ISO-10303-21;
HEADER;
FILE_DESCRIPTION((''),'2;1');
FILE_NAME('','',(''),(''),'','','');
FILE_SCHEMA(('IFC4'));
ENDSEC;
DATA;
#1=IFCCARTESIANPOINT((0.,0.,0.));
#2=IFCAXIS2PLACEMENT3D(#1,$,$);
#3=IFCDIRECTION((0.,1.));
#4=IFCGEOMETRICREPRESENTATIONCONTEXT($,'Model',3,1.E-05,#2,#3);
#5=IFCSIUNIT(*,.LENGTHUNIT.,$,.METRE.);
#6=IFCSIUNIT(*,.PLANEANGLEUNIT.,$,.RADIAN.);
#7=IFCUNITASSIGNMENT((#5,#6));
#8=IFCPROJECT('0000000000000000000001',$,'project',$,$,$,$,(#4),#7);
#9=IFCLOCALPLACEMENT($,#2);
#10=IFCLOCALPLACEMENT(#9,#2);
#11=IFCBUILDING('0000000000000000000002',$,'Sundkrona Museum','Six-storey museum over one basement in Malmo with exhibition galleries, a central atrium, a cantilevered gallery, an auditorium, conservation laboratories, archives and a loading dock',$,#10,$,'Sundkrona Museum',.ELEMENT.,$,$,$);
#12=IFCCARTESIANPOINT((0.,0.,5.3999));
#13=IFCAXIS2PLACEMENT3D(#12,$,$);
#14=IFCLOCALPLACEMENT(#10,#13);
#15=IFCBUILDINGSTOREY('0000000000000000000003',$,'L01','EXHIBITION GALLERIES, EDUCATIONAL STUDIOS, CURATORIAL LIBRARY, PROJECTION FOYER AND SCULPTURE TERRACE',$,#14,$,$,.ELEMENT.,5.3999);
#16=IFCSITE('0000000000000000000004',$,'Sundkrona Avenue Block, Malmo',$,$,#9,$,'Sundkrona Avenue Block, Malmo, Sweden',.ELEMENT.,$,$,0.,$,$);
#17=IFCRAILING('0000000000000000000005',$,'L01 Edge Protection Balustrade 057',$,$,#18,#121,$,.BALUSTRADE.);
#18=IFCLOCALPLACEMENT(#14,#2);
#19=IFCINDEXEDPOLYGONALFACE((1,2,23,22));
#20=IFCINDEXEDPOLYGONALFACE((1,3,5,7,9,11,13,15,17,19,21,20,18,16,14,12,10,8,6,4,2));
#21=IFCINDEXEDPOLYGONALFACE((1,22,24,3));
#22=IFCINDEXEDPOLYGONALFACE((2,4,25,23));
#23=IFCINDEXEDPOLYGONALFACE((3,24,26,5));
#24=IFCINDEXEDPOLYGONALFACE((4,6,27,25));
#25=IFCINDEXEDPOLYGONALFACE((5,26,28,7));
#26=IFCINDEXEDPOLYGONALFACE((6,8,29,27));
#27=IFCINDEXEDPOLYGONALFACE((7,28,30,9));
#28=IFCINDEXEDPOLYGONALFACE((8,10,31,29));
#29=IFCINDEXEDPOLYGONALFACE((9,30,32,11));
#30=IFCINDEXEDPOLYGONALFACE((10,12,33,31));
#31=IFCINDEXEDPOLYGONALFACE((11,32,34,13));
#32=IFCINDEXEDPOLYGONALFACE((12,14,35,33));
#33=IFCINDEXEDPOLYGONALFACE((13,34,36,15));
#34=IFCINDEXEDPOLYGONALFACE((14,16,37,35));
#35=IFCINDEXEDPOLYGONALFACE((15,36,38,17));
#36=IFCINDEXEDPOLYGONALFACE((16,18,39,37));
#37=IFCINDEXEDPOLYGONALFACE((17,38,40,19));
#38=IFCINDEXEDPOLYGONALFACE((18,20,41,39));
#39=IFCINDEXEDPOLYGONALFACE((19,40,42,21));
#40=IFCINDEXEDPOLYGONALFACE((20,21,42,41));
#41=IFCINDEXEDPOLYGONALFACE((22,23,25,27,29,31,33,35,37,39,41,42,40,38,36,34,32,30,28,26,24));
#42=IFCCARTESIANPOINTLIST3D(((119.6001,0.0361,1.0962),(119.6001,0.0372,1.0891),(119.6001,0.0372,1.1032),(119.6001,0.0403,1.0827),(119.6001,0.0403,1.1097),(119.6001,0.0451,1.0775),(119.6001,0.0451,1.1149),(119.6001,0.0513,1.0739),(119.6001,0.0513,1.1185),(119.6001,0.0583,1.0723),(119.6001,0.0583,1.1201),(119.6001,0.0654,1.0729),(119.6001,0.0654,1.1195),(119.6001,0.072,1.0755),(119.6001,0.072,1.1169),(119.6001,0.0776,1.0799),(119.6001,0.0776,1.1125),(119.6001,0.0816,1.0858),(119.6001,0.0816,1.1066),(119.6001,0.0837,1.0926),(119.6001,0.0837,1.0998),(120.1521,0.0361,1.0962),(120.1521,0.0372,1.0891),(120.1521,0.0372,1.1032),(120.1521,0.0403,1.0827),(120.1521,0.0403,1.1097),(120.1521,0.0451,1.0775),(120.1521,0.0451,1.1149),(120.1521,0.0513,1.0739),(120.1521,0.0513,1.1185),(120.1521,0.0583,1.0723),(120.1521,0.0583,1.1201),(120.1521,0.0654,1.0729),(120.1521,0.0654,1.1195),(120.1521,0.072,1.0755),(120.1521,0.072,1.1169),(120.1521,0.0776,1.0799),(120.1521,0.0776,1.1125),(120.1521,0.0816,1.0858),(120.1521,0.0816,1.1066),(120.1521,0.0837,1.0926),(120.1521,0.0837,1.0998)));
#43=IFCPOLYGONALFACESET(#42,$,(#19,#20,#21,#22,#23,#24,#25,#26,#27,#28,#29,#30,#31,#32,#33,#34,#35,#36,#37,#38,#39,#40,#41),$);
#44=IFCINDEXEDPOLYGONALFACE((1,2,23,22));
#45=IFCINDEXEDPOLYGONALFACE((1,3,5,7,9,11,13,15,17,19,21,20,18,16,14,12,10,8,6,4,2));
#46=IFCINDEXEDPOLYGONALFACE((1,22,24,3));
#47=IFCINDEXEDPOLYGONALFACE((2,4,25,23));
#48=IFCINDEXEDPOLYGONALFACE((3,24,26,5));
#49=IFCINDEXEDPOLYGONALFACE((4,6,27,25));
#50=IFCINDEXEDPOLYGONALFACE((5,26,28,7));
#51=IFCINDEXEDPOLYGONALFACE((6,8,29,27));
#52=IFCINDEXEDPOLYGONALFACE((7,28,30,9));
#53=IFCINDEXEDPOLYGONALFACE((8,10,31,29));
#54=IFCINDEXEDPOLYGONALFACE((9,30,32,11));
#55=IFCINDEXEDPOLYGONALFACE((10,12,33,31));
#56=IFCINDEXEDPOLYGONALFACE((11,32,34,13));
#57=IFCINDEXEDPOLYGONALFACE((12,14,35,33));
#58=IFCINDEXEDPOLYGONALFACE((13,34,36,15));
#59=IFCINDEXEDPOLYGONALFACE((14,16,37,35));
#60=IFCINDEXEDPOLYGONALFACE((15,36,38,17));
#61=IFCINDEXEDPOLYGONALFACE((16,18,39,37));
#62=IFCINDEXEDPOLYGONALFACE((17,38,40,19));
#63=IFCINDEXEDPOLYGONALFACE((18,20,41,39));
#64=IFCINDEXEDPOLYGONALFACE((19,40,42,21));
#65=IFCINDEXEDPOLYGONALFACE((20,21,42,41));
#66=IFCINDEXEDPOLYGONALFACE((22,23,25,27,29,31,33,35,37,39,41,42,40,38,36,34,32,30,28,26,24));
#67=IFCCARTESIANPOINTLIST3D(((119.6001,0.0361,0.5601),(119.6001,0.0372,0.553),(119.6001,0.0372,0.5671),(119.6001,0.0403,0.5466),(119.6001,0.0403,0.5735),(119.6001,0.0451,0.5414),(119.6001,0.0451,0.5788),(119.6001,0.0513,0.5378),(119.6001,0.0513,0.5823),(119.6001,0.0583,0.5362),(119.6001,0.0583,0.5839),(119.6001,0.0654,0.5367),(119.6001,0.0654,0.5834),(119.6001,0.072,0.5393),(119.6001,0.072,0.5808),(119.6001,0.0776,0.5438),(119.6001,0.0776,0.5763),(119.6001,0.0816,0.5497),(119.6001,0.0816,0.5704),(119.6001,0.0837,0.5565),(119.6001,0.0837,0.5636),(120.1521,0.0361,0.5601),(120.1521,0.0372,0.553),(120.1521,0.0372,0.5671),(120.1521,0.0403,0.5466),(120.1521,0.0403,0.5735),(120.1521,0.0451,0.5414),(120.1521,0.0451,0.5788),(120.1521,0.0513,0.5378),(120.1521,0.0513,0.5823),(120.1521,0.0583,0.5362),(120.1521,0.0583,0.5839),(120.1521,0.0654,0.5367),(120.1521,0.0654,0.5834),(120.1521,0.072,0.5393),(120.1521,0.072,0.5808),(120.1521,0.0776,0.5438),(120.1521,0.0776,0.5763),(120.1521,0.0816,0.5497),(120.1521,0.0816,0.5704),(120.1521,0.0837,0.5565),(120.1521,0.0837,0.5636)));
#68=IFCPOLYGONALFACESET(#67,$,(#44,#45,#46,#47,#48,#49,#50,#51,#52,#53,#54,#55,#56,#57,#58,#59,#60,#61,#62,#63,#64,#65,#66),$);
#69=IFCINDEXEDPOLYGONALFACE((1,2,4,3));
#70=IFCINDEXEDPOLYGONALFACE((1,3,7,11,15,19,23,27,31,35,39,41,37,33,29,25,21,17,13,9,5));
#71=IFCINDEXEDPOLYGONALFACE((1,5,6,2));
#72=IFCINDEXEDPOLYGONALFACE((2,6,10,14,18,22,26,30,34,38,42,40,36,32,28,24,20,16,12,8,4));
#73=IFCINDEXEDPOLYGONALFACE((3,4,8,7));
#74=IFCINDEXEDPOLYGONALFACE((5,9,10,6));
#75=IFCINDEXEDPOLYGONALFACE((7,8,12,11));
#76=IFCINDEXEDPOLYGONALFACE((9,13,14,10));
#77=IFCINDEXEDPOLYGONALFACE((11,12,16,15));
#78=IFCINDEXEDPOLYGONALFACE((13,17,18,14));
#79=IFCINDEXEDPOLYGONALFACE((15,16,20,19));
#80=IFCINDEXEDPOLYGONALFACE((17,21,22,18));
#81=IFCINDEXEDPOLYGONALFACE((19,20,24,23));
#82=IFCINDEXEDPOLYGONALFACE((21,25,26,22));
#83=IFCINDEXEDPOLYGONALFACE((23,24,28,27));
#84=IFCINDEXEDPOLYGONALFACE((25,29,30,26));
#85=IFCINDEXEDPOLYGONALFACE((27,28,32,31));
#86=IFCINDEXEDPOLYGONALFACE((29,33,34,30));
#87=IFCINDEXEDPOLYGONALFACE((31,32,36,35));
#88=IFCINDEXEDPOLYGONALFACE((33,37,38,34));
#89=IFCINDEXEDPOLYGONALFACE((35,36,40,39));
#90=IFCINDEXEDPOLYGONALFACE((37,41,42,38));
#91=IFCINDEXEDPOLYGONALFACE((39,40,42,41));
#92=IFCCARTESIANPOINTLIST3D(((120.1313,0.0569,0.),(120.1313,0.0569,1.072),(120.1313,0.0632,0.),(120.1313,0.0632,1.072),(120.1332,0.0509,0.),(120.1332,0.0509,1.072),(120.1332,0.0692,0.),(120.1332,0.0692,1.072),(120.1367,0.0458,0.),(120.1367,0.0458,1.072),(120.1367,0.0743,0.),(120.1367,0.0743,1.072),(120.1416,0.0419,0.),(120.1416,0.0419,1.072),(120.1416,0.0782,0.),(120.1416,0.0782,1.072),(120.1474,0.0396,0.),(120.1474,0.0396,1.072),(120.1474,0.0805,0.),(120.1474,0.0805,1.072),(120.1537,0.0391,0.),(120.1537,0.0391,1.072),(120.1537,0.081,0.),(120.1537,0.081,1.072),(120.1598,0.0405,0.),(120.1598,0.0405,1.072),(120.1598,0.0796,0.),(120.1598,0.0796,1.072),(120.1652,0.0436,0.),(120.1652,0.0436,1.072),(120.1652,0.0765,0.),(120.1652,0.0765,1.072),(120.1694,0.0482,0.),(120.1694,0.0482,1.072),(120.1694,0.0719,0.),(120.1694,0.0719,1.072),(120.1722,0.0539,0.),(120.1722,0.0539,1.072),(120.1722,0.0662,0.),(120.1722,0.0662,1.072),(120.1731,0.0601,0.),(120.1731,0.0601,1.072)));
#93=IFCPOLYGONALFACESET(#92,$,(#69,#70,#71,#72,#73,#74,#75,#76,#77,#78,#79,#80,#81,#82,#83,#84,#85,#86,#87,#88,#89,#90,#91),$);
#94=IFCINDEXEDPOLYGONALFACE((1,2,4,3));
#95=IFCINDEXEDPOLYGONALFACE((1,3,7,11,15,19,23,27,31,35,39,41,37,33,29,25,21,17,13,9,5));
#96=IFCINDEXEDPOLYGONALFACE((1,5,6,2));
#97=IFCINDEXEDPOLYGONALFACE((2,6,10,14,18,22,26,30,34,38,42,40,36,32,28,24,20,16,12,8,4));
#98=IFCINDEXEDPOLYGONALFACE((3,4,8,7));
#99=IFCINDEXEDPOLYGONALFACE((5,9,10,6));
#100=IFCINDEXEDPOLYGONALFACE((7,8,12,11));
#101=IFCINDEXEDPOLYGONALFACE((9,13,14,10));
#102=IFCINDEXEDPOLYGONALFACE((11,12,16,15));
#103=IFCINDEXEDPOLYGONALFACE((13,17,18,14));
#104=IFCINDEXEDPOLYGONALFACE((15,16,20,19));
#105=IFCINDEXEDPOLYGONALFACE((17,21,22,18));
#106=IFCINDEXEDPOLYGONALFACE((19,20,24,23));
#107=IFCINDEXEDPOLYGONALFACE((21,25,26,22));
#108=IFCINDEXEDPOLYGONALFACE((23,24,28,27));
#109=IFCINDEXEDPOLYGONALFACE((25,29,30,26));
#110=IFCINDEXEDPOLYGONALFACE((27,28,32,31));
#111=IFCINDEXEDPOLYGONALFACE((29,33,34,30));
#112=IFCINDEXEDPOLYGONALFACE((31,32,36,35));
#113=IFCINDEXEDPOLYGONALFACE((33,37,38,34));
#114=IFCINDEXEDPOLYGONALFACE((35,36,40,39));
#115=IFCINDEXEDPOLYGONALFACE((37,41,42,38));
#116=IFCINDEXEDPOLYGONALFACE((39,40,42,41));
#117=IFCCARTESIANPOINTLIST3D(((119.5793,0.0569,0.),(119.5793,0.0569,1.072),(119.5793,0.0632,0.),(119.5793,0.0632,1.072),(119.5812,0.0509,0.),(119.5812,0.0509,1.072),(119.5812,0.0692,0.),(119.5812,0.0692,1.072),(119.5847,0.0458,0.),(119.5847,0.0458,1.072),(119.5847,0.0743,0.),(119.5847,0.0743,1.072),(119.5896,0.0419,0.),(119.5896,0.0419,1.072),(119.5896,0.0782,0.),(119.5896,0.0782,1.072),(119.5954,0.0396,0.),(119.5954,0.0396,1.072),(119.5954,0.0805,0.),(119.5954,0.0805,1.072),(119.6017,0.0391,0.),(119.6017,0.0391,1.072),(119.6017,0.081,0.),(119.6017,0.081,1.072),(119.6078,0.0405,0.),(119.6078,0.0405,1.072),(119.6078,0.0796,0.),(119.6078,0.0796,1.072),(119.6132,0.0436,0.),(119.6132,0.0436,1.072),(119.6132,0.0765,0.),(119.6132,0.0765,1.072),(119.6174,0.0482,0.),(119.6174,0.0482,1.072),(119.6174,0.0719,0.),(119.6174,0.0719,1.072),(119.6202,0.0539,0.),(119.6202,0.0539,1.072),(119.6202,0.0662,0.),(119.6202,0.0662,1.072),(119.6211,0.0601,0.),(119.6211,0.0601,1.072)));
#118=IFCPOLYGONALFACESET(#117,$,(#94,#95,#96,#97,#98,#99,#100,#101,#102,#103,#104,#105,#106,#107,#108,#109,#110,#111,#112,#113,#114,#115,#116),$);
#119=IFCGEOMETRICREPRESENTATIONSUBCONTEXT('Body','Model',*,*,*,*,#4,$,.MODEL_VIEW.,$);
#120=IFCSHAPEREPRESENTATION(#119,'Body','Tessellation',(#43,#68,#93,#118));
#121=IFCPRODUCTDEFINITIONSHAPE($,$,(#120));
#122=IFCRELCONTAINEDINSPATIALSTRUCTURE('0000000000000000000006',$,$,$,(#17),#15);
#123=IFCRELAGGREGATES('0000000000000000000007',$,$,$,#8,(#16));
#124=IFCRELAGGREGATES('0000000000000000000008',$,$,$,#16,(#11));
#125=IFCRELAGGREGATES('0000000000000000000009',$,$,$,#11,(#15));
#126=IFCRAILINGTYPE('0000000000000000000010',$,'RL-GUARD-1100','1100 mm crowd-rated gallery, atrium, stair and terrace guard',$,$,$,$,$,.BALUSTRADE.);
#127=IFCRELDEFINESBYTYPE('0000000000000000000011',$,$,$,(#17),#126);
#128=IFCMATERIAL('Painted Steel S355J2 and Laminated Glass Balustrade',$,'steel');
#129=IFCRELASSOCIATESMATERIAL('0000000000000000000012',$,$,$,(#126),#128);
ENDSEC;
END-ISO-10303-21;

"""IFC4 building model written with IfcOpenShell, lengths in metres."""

from ifc_helpers import new_model, si_unit, direction, frame, origin, origin_2d, place, context, subcontext, project, spatial, circle, extrude, material, type_object, element, save


model = new_model("IFC4")

# Units and contexts
model_context = context("Model", 3, precision=1e-05, world=origin(), true_north=direction((0.0, 1.0)))
body_context = subcontext(model_context, "Body", "Model", "MODEL_VIEW")
ifc_project = project(units=[si_unit("LENGTHUNIT", "METRE"), si_unit("PLANEANGLEUNIT", "RADIAN")], contexts=[model_context])

# Site, building, storey
site_placement = place(None, origin())
site = spatial("IfcSite", under=ifc_project, at=site_placement, Name="Sundkrona Avenue Block, Malmo", LongName="Sundkrona Avenue Block, Malmo, Sweden", CompositionType="ELEMENT", RefElevation=0.0)
building_placement = place(site_placement, origin())
building = spatial("IfcBuilding", under=site, at=building_placement, Name="Sundkrona Museum", Description="Six-storey museum over one basement in Malmo with exhibition galleries, a central atrium, a cantilevered gallery, an auditorium, conservation laboratories, archives and a loading dock", LongName="Sundkrona Museum", CompositionType="ELEMENT")
storey_placement = place(building_placement, frame((0.0, 0.0, 5.3999)))
storey = spatial("IfcBuildingStorey", under=building, at=storey_placement, Name="L01", Description="EXHIBITION GALLERIES, EDUCATIONAL STUDIOS, CURATORIAL LIBRARY, PROJECTION FOYER AND SCULPTURE TERRACE", CompositionType="ELEMENT", Elevation=5.3999)

# Railing
ifc_material_1 = material(Name="Painted Steel S355J2 and Laminated Glass Balustrade", Category="steel")
railing_type_1 = type_object("IfcRailingType", Name="RL-GUARD-1100", Description="1100 mm crowd-rated gallery, atrium, stair and terrace guard", PredefinedType="BALUSTRADE", material=ifc_material_1)
railing_1_placement = place(storey_placement, frame((120.1521, 0.0601, 0.0)))
element("IfcRailing", 1, at=railing_1_placement, inside=storey, type_object=railing_type_1, Name="L01 Edge Protection Balustrade 057", PredefinedType="BALUSTRADE", context=body_context, shape_type="SweptSolid", body=[
    extrude(circle(Radius=0.0239, at=origin_2d()), frame((0.0, 0.0, 1.0962), z_axis=(-1.0, 0.0, 0.0), x_axis=(0.0, -1.0, 0.0)), (0.0, 0.0, 1.0), 0.552),
    extrude(circle(Radius=0.0239, at=origin_2d()), frame((0.0, 0.0, 0.5601), z_axis=(-1.0, 0.0, 0.0), x_axis=(0.0, -1.0, 0.0)), (0.0, 0.0, 1.0), 0.552),
    extrude(circle(Radius=0.021, at=origin_2d()), origin(), (0.0, 0.0, 1.0), 1.072),
    extrude(circle(Radius=0.021, at=origin_2d()), frame((-0.552, 0.0, 0.0)), (0.0, 0.0, 1.0), 1.072),
])

save(model, "model.ifc")
